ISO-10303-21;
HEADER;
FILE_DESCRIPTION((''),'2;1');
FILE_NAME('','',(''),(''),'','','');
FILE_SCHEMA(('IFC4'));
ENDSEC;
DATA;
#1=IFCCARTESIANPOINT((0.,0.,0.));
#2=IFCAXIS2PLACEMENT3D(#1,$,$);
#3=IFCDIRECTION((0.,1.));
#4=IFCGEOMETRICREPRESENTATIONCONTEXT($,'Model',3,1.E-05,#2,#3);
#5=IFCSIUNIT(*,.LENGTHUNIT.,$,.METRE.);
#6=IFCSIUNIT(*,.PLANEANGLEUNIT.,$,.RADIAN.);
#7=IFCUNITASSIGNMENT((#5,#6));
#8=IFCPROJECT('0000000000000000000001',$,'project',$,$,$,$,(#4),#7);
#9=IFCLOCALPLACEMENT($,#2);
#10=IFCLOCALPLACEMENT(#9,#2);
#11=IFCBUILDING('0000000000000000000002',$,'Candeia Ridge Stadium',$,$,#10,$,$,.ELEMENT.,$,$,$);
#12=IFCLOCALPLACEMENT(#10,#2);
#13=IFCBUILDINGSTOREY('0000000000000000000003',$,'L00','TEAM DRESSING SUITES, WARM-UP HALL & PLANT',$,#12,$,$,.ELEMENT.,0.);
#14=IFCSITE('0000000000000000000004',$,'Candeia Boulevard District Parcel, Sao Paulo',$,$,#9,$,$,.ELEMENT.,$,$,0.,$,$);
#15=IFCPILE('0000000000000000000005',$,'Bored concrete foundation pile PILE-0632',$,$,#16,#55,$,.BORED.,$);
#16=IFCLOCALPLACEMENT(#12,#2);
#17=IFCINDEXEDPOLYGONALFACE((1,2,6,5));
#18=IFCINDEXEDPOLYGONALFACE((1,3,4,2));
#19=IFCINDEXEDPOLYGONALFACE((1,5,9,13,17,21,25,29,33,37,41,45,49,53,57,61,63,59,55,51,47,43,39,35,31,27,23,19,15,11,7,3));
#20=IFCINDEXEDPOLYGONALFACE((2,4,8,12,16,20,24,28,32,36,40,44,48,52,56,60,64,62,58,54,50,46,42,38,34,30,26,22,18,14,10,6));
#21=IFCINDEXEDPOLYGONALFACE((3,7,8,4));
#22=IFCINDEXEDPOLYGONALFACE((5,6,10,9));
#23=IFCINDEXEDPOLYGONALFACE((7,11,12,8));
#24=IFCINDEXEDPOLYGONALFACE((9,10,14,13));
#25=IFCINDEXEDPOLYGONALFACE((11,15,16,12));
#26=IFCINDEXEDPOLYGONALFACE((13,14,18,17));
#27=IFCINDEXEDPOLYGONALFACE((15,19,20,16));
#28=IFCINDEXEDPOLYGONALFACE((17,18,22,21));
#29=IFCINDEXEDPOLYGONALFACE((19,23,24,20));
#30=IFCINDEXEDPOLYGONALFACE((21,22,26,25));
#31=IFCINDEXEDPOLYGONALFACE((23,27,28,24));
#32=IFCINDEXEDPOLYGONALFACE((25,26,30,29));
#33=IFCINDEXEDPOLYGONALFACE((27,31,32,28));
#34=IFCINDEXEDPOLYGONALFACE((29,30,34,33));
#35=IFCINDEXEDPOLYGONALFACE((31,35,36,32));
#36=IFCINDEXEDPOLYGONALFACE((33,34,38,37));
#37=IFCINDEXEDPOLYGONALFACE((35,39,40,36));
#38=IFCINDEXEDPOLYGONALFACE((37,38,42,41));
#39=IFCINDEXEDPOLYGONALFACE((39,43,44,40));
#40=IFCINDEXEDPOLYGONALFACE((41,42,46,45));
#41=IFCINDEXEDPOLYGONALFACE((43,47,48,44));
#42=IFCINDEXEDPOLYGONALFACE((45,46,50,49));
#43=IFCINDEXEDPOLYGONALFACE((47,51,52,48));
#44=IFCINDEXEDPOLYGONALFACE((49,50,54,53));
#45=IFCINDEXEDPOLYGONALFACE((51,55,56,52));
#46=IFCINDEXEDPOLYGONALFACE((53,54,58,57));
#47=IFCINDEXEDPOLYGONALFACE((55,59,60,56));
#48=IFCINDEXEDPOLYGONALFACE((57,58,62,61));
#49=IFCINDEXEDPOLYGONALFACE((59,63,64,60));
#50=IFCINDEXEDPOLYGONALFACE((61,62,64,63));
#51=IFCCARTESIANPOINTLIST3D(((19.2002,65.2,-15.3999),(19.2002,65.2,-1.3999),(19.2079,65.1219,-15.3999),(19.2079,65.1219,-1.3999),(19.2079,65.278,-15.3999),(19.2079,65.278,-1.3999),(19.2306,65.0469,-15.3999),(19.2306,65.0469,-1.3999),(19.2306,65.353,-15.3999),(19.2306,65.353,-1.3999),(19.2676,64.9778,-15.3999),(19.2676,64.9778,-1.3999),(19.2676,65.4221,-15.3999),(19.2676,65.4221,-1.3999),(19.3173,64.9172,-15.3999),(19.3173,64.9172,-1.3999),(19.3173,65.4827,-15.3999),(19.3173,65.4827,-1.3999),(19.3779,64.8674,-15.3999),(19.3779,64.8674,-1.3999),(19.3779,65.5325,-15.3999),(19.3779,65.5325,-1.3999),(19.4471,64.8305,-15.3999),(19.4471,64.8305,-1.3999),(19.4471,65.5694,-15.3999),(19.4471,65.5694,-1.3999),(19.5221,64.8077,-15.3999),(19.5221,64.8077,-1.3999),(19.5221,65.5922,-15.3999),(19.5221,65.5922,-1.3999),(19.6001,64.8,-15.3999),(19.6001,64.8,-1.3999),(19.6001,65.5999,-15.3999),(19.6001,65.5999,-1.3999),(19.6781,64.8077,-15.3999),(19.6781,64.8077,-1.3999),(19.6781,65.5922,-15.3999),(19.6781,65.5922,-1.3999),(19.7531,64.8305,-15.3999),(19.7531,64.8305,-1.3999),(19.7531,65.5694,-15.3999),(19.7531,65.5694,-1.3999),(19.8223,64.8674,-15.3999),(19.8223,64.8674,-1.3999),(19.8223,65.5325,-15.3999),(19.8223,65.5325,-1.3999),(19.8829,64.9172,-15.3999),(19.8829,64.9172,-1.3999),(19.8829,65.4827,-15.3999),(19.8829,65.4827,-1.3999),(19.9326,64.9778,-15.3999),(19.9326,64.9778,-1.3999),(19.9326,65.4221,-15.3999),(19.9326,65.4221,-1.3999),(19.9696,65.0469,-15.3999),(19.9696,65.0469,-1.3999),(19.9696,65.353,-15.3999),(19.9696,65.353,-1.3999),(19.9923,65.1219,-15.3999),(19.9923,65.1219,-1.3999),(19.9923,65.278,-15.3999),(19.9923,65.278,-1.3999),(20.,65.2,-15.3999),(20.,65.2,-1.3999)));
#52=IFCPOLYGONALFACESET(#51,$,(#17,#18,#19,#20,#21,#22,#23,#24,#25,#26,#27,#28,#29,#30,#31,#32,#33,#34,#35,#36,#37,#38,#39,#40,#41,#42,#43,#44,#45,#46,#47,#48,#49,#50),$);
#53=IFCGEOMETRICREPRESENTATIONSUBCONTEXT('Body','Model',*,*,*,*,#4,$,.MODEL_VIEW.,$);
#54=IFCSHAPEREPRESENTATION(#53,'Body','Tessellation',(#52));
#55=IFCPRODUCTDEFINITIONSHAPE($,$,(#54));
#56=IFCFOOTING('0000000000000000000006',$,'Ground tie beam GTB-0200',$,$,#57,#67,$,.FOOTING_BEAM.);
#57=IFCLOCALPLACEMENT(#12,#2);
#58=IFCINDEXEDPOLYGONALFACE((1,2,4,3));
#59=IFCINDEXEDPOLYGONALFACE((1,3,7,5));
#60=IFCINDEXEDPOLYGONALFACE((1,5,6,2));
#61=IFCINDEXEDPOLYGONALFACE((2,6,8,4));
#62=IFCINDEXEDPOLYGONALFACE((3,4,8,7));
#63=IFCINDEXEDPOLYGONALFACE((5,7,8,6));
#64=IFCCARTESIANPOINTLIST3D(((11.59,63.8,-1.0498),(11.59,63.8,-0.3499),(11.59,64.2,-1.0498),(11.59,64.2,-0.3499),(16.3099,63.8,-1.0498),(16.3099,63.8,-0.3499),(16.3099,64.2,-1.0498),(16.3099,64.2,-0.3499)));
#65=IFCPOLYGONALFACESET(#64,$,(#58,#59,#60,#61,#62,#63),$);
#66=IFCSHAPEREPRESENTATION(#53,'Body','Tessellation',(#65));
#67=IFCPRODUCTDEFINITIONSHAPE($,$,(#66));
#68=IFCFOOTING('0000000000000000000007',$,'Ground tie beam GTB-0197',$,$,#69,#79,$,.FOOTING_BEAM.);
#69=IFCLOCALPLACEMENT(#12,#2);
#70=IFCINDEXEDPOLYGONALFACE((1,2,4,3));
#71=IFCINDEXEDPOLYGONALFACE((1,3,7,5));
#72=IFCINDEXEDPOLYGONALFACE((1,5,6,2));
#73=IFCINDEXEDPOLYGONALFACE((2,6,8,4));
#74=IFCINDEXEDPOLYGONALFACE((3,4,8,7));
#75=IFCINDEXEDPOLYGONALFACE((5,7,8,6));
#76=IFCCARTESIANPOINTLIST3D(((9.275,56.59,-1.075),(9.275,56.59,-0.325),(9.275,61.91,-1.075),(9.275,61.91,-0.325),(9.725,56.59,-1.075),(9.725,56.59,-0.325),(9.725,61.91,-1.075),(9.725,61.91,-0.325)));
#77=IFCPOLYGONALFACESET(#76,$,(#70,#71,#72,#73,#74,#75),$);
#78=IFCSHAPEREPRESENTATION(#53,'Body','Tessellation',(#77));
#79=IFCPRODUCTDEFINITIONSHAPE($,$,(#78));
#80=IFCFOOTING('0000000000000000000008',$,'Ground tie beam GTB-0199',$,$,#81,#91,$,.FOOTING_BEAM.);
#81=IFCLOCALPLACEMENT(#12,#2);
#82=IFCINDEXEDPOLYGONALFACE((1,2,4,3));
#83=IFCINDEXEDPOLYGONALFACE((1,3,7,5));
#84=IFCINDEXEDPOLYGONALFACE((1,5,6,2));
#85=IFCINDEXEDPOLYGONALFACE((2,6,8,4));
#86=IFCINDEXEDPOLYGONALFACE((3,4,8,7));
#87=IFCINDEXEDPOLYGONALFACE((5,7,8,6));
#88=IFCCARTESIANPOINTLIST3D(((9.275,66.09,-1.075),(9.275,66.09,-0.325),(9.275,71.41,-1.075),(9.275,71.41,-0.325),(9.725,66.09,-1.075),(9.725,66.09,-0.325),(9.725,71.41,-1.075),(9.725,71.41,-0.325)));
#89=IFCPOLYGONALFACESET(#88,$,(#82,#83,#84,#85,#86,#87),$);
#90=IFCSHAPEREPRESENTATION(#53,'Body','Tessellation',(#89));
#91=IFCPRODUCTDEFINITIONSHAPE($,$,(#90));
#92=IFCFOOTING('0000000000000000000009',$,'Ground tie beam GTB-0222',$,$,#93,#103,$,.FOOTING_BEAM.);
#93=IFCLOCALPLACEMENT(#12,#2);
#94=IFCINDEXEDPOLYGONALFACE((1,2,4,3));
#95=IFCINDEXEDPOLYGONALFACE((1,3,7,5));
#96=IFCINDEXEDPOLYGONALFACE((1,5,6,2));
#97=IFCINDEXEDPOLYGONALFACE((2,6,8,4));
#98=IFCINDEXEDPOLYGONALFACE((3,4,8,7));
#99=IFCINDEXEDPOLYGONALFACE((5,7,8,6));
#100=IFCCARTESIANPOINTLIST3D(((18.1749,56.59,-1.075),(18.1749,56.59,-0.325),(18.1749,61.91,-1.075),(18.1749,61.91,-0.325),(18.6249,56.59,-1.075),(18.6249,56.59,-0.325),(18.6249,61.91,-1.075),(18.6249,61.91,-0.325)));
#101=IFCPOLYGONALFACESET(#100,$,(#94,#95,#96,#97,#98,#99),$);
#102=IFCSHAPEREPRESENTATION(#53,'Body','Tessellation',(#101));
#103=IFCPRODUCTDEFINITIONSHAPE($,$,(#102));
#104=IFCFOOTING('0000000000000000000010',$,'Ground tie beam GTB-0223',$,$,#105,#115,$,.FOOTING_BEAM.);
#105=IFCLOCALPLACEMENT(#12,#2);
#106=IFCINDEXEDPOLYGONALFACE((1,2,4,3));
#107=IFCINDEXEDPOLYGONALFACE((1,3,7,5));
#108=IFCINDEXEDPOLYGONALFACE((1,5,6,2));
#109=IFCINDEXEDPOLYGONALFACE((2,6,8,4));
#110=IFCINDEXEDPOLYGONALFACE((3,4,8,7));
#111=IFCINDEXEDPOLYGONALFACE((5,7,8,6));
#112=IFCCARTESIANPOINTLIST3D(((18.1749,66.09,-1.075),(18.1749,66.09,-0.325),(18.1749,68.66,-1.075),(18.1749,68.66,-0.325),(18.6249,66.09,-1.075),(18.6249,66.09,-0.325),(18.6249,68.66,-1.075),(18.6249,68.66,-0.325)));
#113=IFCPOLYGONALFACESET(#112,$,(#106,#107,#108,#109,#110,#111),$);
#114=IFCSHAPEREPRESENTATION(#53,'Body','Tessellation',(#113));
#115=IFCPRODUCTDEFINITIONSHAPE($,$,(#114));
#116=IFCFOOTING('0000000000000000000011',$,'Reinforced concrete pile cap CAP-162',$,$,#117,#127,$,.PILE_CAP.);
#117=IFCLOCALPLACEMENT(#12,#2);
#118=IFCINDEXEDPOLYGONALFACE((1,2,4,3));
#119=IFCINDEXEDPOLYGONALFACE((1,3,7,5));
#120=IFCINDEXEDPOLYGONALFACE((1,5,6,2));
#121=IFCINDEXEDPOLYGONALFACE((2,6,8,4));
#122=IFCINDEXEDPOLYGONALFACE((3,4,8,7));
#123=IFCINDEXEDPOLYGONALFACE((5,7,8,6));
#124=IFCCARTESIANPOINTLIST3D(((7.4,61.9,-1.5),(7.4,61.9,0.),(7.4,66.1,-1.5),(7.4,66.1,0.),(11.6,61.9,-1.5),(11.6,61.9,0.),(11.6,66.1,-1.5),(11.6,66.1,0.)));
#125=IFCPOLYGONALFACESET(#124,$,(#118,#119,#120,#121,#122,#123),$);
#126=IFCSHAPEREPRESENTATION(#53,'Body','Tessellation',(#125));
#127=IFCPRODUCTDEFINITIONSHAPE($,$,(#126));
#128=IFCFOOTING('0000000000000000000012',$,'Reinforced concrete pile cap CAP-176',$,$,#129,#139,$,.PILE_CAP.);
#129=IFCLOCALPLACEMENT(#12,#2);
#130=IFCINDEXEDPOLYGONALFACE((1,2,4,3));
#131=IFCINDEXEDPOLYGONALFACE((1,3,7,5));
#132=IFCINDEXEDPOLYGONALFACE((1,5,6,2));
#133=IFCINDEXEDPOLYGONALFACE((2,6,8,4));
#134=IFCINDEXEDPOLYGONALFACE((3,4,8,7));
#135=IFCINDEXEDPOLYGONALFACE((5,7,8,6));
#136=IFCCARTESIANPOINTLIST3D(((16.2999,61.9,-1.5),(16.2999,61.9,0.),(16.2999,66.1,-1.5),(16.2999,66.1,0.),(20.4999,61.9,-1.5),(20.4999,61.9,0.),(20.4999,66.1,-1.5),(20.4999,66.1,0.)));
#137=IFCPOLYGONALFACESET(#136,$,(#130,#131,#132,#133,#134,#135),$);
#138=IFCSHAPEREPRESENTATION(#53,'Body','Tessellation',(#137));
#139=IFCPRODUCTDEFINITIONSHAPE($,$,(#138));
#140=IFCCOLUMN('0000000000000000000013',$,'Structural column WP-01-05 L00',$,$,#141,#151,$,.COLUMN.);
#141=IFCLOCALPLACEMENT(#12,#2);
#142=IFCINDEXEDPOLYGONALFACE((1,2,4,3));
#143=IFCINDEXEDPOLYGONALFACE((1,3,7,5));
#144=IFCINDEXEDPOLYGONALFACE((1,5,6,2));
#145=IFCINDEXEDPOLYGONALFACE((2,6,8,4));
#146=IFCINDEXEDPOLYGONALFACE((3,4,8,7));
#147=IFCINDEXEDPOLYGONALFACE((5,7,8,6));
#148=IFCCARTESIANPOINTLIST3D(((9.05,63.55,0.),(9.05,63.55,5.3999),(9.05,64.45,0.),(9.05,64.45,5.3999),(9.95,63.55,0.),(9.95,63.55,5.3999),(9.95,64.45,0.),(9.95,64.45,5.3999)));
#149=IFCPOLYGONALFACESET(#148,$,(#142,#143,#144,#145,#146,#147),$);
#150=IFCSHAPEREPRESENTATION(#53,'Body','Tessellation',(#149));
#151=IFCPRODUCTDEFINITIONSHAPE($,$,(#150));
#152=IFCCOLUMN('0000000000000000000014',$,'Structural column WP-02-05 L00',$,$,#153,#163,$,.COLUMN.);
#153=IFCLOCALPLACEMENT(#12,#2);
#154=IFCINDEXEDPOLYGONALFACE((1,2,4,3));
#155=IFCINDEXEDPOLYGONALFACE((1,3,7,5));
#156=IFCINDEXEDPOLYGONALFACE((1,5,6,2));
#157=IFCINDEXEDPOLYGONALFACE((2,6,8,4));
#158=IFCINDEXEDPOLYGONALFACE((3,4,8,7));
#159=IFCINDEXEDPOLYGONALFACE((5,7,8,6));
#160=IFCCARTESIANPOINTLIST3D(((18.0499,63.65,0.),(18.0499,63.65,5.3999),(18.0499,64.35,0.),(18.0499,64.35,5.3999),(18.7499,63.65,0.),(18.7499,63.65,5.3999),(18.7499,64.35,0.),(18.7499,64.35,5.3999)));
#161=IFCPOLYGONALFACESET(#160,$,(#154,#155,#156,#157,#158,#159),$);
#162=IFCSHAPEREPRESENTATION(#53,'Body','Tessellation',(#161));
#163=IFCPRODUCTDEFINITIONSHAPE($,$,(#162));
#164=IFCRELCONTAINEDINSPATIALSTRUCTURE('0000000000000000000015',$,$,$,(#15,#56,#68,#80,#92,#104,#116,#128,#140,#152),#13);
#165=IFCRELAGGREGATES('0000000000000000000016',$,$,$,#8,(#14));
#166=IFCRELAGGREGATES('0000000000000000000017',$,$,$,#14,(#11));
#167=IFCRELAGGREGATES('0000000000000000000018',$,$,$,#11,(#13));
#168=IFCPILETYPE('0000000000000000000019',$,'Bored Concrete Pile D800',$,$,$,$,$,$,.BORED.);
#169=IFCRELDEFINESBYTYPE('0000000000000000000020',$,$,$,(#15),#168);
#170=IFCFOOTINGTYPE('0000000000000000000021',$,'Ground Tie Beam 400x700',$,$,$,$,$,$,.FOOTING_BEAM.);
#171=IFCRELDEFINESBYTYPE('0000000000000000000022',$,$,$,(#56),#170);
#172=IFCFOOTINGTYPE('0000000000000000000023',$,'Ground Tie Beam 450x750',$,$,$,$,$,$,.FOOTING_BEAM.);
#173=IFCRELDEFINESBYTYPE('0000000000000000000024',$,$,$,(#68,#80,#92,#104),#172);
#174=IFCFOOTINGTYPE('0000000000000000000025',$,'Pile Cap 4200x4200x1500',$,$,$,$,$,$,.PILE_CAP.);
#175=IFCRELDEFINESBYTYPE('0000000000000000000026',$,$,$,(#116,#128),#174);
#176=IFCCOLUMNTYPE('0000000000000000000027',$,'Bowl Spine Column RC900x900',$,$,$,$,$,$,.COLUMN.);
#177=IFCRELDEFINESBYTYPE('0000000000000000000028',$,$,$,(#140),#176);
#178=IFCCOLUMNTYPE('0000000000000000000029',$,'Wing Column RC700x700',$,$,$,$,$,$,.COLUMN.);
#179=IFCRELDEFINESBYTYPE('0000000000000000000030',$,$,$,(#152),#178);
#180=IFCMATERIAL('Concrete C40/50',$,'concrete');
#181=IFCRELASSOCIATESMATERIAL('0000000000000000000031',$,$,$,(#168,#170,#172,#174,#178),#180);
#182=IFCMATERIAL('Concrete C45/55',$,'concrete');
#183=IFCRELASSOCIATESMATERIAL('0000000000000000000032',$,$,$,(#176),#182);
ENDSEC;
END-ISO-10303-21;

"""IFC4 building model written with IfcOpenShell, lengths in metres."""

from ifc_helpers import new_model, si_unit, direction, frame, origin, origin_2d, place, context, subcontext, project, spatial, rectangle, circle, extrude, material, material_profile, profile_set, type_object, element, save


model = new_model("IFC4")

# Units and contexts
model_context = context("Model", 3, precision=1e-05, world=origin(), true_north=direction((0.0, 1.0)))
body_context = subcontext(model_context, "Body", "Model", "MODEL_VIEW")
ifc_project = project(units=[si_unit("LENGTHUNIT", "METRE"), si_unit("PLANEANGLEUNIT", "RADIAN")], contexts=[model_context])

# Site, building, storey
site_placement = place(None, origin())
site = spatial("IfcSite", under=ifc_project, at=site_placement, Name="Candeia Boulevard District Parcel, Sao Paulo", CompositionType="ELEMENT", RefElevation=0.0)
building_placement = place(site_placement, origin())
building = spatial("IfcBuilding", under=site, at=building_placement, Name="Candeia Ridge Stadium", CompositionType="ELEMENT")
storey_placement = place(building_placement, origin())
storey = spatial("IfcBuildingStorey", under=building, at=storey_placement, Name="L00", Description="TEAM DRESSING SUITES, WARM-UP HALL & PLANT", CompositionType="ELEMENT", Elevation=0.0)

# Pile
ifc_material_1 = material(Name="Concrete C40/50", Category="concrete")
ifc_material_profile_1 = material_profile(ifc_material_1, circle(Radius=0.3999, at=origin_2d()), Name="PILE-D800", Category="concrete")
ifc_profile_set_1 = profile_set([ifc_material_profile_1], Name="Concrete C40/50")
pile_type_1 = type_object("IfcPileType", Name="Bored Concrete Pile D800", PredefinedType="BORED", material=ifc_profile_set_1)
for number, where, z_axis, x_axis, name in (
    (1, (19.6001, 65.2, -1.3999), (0.0, 0.0, -1.0), (1.0, 0.0, 0.0), "Bored concrete foundation pile PILE-0632"),
):
    element("IfcPile", number, at=place(storey_placement, frame(where, z_axis=z_axis, x_axis=x_axis)), inside=storey, type_object=pile_type_1, Name=name, PredefinedType="BORED", context=body_context, shape_type="SweptSolid", body=[
        extrude(circle(Radius=0.3999, at=origin_2d()), origin(), (0.0, 0.0, 1.0), 14.0),
    ])

# Footings
footing_type_1 = type_object("IfcFootingType", Name="Ground Tie Beam 400x700", PredefinedType="FOOTING_BEAM", material=ifc_material_1)
footing_1_placement = place(storey_placement, frame((13.95, 64.0, -1.0498), z_axis=(0.0, 0.0, 1.0), x_axis=(1.0, 0.0, 0.0)))
element("IfcFooting", 2, at=footing_1_placement, inside=storey, type_object=footing_type_1, Name="Ground tie beam GTB-0200", PredefinedType="FOOTING_BEAM", context=body_context, shape_type="SweptSolid", body=[
    extrude(rectangle(XDim=4.72, YDim=0.3999, at=origin_2d()), origin(), (0.0, 0.0, 1.0), 0.7),
])
footing_type_2 = type_object("IfcFootingType", Name="Ground Tie Beam 450x750", PredefinedType="FOOTING_BEAM", material=ifc_material_1)
for number, where, z_axis, x_axis, name in (
    (3, (9.5, 59.25, -1.075), (0.0, 0.0, 1.0), (0.0, 1.0, 0.0), "Ground tie beam GTB-0197"),
    (4, (9.5, 68.75, -1.075), (0.0, 0.0, 1.0), (0.0, 1.0, 0.0), "Ground tie beam GTB-0199"),
    (5, (18.3999, 59.25, -1.075), (0.0, 0.0, 1.0), (0.0, 1.0, 0.0), "Ground tie beam GTB-0222"),
):
    element("IfcFooting", number, at=place(storey_placement, frame(where, z_axis=z_axis, x_axis=x_axis)), inside=storey, type_object=footing_type_2, Name=name, PredefinedType="FOOTING_BEAM", context=body_context, shape_type="SweptSolid", body=[
        extrude(rectangle(XDim=5.3201, YDim=0.45, at=origin_2d()), origin(), (0.0, 0.0, 1.0), 0.75),
    ])
footing_2_placement = place(storey_placement, frame((18.3999, 67.375, -1.075), z_axis=(0.0, 0.0, 1.0), x_axis=(0.0, 1.0, 0.0)))
element("IfcFooting", 6, at=footing_2_placement, inside=storey, type_object=footing_type_2, Name="Ground tie beam GTB-0223", PredefinedType="FOOTING_BEAM", context=body_context, shape_type="SweptSolid", body=[
    extrude(rectangle(XDim=2.5701, YDim=0.45, at=origin_2d()), origin(), (0.0, 0.0, 1.0), 0.75),
])
footing_type_3 = type_object("IfcFootingType", Name="Pile Cap 4200x4200x1500", PredefinedType="PILE_CAP", material=ifc_material_1)
for number, where, z_axis, x_axis, name in (
    (7, (9.5, 64.0, -1.5), (0.0, 0.0, 1.0), (1.0, 0.0, 0.0), "Reinforced concrete pile cap CAP-162"),
    (8, (18.3999, 64.0, -1.5), (0.0, 0.0, 1.0), (1.0, 0.0, 0.0), "Reinforced concrete pile cap CAP-176"),
):
    element("IfcFooting", number, at=place(storey_placement, frame(where, z_axis=z_axis, x_axis=x_axis)), inside=storey, type_object=footing_type_3, Name=name, PredefinedType="PILE_CAP", context=body_context, shape_type="SweptSolid", body=[
        extrude(rectangle(XDim=4.2, YDim=4.2, at=origin_2d()), origin(), (0.0, 0.0, 1.0), 1.5),
    ])

# Columns
ifc_material_2 = material(Name="Concrete C45/55", Category="concrete")
ifc_material_profile_2 = material_profile(ifc_material_2, rectangle(XDim=0.8999, YDim=0.8999, at=origin_2d()), Name="RC900x900", Category="concrete")
ifc_profile_set_2 = profile_set([ifc_material_profile_2], Name="Concrete C45/55")
column_type_1 = type_object("IfcColumnType", Name="Bowl Spine Column RC900x900", PredefinedType="COLUMN", material=ifc_profile_set_2)
column_1_placement = place(storey_placement, frame((9.5, 64.0, 0.0), z_axis=(0.0, 0.0, 1.0), x_axis=(1.0, 0.0, 0.0)))
element("IfcColumn", 9, at=column_1_placement, inside=storey, type_object=column_type_1, Name="Structural column WP-01-05 L00", PredefinedType="COLUMN", context=body_context, shape_type="SweptSolid", body=[
    extrude(rectangle(XDim=0.8999, YDim=0.8999, at=origin_2d()), origin(), (0.0, 0.0, 1.0), 5.3999),
])
ifc_material_profile_3 = material_profile(ifc_material_1, rectangle(XDim=0.7, YDim=0.7, at=origin_2d()), Name="RC700x700", Category="concrete")
ifc_profile_set_3 = profile_set([ifc_material_profile_3], Name="Concrete C40/50")
column_type_2 = type_object("IfcColumnType", Name="Wing Column RC700x700", PredefinedType="COLUMN", material=ifc_profile_set_3)
column_2_placement = place(storey_placement, frame((18.3999, 64.0, 0.0), z_axis=(0.0, 0.0, 1.0), x_axis=(1.0, 0.0, 0.0)))
element("IfcColumn", 10, at=column_2_placement, inside=storey, type_object=column_type_2, Name="Structural column WP-02-05 L00", PredefinedType="COLUMN", context=body_context, shape_type="SweptSolid", body=[
    extrude(rectangle(XDim=0.7, YDim=0.7, at=origin_2d()), origin(), (0.0, 0.0, 1.0), 5.3999),
])

save(model, "model.ifc")
